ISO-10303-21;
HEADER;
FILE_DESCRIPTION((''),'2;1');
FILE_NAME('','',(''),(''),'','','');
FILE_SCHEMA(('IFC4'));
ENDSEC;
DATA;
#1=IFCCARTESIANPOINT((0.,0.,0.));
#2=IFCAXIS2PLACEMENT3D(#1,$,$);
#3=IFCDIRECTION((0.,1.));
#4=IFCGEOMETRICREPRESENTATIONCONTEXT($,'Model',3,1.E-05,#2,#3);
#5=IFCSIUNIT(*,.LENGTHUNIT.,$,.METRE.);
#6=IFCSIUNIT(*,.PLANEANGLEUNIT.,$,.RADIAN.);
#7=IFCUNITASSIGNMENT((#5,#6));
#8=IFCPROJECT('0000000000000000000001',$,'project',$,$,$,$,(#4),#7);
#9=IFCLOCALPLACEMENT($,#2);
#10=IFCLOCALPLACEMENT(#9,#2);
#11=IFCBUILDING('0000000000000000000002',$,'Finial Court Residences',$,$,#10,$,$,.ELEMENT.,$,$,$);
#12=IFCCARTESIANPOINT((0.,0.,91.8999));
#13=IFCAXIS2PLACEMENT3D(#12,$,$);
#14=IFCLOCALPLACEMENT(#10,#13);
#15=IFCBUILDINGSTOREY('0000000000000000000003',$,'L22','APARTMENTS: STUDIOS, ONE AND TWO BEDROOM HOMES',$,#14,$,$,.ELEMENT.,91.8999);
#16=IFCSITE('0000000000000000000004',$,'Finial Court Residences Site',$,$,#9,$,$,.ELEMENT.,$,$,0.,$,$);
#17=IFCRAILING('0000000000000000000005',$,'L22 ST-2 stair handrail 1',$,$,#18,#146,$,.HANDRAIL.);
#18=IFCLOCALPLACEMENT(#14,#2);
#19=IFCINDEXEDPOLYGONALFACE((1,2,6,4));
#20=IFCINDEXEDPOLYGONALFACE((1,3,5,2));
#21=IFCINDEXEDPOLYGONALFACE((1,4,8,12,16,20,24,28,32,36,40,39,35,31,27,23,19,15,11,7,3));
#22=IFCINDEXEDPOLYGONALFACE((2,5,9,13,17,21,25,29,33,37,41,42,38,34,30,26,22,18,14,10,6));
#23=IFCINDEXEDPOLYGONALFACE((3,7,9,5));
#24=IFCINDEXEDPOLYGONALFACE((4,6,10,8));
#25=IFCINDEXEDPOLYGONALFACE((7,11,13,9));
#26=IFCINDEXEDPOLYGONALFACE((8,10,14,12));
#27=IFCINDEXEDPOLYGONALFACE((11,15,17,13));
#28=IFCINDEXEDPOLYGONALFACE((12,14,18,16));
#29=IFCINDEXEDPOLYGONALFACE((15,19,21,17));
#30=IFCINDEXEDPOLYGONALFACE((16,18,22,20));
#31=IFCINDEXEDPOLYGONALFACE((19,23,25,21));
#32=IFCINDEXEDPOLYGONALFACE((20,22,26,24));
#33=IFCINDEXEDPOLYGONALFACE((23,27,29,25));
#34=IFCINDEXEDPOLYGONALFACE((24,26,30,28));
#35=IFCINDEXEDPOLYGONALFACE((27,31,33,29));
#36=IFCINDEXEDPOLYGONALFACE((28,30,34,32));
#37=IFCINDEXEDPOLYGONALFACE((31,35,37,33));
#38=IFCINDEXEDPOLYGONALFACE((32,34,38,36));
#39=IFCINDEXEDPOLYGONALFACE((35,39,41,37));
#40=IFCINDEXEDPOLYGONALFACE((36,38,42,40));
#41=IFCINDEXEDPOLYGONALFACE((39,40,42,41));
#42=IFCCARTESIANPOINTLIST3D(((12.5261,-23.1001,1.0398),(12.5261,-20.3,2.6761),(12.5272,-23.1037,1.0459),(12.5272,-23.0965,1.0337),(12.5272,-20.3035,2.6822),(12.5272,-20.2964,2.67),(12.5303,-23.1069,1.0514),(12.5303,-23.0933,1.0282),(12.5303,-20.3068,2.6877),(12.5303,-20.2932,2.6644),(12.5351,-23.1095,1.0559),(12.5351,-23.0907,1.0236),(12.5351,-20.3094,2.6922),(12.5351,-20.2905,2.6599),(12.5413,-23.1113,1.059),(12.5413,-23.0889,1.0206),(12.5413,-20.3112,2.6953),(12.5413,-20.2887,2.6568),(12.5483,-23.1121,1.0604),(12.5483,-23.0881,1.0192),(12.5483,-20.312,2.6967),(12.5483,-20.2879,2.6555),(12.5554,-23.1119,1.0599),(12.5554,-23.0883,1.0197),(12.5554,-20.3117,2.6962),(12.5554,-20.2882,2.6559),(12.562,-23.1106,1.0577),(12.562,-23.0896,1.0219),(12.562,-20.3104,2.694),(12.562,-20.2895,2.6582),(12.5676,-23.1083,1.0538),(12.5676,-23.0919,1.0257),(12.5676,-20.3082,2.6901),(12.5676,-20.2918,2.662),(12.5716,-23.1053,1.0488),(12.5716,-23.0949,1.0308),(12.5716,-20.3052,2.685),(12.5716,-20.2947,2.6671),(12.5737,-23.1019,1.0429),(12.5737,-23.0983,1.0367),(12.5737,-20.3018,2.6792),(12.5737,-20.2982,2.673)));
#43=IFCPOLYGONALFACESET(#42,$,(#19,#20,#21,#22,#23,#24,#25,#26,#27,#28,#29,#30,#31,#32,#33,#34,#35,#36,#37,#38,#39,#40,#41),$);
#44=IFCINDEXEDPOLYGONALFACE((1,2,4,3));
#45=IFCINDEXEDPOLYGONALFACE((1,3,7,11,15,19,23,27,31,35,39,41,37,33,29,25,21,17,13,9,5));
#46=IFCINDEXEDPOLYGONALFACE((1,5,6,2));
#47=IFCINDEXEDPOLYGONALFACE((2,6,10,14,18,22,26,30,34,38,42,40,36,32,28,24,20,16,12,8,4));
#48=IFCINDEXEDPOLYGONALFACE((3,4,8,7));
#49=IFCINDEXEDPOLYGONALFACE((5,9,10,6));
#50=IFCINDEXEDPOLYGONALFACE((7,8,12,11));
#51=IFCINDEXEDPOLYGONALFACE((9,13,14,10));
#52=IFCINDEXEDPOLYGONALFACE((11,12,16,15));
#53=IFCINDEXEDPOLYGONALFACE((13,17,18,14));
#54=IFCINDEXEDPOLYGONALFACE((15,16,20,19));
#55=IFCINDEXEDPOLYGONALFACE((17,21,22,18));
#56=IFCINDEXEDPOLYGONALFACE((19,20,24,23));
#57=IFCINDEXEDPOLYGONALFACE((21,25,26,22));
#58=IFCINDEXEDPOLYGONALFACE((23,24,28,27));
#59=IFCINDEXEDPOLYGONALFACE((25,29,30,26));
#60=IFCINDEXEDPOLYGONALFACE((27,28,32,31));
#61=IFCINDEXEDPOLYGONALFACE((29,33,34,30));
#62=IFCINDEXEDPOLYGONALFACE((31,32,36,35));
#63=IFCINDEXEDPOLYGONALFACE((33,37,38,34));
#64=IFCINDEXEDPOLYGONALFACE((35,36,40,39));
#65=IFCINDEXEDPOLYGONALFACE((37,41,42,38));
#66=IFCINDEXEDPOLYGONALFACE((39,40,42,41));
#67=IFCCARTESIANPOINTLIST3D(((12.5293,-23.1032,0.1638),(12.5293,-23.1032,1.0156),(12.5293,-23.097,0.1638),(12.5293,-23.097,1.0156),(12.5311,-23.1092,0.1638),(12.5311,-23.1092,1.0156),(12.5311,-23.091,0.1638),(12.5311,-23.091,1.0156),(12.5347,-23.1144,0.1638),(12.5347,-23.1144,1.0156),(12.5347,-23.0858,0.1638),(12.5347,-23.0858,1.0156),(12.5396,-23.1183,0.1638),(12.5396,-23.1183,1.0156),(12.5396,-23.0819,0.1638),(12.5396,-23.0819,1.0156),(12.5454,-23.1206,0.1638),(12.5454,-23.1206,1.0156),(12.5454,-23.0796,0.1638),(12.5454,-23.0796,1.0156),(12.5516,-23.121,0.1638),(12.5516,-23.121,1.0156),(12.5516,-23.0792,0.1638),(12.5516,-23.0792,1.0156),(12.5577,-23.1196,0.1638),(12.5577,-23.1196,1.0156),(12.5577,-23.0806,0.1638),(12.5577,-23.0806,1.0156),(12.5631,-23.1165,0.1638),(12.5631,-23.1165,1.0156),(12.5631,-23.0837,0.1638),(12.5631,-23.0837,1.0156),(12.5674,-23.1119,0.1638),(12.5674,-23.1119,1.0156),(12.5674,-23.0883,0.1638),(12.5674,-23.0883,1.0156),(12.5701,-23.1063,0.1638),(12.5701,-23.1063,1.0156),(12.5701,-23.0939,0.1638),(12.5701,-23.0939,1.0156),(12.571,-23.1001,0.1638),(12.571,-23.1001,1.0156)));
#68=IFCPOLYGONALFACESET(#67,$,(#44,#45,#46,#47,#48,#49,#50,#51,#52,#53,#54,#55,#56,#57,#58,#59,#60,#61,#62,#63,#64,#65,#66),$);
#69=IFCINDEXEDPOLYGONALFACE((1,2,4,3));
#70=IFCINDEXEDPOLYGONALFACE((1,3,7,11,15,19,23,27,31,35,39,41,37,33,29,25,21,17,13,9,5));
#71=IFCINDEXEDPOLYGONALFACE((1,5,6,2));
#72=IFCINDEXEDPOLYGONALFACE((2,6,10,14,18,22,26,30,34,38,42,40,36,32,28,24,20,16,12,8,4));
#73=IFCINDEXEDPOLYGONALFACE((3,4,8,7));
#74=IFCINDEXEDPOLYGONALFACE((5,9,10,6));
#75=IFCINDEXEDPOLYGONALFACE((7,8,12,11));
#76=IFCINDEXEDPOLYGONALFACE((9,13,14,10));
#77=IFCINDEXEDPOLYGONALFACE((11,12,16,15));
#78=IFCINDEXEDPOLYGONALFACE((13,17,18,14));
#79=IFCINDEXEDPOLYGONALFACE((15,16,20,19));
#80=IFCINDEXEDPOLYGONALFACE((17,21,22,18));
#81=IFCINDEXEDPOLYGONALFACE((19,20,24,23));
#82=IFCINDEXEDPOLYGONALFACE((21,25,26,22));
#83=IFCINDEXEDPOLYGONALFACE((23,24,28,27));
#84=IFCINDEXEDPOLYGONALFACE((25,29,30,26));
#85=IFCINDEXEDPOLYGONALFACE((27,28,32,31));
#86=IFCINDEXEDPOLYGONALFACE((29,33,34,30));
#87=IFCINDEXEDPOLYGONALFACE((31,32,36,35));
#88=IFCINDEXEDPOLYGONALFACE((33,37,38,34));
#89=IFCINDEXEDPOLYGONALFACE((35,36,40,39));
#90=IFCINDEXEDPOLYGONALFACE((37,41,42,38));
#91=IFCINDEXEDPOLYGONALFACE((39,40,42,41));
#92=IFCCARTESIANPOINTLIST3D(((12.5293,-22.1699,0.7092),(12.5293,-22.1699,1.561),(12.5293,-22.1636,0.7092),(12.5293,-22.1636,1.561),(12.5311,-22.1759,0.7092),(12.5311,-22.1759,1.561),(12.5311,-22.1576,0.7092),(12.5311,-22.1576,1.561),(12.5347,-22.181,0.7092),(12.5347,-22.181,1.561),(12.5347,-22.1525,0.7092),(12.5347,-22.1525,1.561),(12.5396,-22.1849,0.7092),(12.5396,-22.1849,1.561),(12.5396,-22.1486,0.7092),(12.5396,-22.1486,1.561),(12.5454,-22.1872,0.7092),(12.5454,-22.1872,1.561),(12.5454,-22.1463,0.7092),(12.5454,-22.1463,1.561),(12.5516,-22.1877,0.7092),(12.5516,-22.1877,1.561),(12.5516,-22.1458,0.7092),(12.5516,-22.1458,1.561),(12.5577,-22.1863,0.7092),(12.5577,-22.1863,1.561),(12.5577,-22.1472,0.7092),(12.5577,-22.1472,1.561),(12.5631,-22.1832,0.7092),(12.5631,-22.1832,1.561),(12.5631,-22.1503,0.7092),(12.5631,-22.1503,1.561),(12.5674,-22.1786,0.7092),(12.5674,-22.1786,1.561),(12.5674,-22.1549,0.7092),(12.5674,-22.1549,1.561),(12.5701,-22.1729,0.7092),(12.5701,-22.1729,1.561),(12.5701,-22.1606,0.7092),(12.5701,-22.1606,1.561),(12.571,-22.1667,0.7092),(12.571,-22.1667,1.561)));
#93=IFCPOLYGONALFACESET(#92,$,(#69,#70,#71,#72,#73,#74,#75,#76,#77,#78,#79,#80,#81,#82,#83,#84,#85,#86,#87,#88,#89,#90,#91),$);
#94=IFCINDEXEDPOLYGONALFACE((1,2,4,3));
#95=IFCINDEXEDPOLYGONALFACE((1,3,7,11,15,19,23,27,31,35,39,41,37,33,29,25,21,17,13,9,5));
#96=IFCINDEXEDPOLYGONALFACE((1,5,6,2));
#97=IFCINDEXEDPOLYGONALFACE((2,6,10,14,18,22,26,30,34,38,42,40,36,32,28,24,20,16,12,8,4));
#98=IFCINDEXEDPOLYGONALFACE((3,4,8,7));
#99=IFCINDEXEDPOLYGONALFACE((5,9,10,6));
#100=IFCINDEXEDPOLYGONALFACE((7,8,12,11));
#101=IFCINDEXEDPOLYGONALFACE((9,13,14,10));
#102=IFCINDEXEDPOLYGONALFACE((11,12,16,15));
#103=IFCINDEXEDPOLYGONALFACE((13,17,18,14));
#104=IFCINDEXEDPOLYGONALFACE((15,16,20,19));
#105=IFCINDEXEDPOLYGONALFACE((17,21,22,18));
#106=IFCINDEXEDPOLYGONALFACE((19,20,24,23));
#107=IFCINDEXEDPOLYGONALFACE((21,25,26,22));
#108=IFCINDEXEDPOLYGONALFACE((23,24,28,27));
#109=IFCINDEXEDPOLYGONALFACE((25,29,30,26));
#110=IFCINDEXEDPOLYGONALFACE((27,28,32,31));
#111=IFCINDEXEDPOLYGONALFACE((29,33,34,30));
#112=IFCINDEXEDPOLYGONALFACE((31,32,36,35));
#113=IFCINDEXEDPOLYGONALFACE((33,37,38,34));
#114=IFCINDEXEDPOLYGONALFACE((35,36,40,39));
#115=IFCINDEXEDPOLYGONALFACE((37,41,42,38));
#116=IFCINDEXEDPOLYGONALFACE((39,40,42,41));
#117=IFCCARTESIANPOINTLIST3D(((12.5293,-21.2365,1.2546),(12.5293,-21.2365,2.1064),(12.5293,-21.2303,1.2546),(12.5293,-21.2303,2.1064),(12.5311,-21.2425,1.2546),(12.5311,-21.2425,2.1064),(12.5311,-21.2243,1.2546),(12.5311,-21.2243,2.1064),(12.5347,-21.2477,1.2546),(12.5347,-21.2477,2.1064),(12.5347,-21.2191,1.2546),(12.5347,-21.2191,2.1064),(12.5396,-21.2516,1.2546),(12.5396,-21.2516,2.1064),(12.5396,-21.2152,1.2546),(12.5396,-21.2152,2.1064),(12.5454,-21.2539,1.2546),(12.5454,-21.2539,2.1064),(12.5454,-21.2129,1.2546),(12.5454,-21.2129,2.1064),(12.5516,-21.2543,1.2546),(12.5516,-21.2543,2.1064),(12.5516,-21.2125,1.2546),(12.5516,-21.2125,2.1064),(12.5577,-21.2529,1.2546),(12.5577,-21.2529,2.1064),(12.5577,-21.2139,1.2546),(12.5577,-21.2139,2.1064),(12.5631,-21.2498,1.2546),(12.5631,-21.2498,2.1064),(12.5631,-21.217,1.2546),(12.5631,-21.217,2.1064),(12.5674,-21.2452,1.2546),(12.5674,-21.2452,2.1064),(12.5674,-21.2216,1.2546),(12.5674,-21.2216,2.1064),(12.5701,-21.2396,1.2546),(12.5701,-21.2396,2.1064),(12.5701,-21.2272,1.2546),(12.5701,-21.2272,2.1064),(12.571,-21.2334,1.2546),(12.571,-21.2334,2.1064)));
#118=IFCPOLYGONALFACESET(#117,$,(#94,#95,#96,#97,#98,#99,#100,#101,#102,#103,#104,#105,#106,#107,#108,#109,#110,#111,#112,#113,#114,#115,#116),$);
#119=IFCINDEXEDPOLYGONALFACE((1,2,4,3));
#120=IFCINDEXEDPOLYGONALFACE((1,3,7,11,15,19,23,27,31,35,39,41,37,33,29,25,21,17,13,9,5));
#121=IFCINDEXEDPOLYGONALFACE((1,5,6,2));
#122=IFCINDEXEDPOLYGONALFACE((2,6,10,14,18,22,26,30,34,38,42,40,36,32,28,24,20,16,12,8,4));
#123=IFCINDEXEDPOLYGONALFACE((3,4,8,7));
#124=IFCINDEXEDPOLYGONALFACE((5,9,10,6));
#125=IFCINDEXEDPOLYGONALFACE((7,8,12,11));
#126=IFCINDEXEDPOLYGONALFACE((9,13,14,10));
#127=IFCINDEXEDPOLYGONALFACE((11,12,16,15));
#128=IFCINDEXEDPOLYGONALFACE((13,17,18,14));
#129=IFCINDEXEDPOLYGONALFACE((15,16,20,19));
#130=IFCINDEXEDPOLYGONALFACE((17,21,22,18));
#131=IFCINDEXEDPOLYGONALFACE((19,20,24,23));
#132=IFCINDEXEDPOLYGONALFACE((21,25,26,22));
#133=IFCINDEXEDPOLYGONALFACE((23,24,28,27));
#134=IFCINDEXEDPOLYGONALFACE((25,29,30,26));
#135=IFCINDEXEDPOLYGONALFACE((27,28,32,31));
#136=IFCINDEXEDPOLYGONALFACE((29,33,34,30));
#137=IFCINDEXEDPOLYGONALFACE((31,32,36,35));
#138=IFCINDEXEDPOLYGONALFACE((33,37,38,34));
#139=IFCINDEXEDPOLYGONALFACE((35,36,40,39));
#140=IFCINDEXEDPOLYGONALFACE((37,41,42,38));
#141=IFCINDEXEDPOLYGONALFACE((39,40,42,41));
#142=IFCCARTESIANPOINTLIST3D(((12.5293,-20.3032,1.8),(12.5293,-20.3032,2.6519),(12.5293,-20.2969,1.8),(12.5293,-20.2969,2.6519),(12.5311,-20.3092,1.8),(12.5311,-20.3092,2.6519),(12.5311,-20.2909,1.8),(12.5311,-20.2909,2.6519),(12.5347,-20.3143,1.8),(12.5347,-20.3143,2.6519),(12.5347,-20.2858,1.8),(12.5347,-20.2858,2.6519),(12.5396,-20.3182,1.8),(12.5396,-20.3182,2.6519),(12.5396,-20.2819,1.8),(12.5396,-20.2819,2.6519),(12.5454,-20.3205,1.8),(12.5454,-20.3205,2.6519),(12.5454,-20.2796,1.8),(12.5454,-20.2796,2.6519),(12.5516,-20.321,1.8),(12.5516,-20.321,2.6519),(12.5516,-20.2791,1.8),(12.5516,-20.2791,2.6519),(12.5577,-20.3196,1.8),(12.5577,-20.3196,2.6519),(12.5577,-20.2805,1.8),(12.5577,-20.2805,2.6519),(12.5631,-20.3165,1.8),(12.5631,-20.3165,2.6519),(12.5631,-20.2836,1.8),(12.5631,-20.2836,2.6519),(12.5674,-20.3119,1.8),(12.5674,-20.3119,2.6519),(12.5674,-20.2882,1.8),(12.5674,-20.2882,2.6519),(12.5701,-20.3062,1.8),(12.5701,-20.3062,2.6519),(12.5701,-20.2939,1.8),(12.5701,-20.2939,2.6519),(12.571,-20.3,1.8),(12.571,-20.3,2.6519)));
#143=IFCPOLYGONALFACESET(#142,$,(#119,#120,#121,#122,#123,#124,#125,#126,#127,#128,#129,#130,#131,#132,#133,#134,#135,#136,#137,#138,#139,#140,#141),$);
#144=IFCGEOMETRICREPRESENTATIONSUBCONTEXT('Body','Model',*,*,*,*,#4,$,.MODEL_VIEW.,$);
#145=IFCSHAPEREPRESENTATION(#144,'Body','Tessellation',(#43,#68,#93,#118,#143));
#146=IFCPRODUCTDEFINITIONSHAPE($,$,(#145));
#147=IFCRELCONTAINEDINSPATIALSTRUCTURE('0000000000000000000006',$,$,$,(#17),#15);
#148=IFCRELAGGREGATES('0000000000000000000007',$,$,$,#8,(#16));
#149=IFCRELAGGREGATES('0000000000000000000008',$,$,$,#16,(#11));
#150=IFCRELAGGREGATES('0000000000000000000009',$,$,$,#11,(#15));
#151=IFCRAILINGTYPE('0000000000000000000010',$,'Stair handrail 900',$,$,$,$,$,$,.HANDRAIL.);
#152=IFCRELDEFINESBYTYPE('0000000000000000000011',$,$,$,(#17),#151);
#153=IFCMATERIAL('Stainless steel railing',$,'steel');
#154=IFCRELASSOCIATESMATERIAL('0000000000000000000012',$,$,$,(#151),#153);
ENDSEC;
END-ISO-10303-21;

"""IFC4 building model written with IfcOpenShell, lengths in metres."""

from ifc_helpers import new_model, si_unit, direction, frame, origin, origin_2d, place, context, subcontext, project, spatial, circle, extrude, material, type_object, element, save


model = new_model("IFC4")

# Units and contexts
model_context = context("Model", 3, precision=1e-05, world=origin(), true_north=direction((0.0, 1.0)))
body_context = subcontext(model_context, "Body", "Model", "MODEL_VIEW")
ifc_project = project(units=[si_unit("LENGTHUNIT", "METRE"), si_unit("PLANEANGLEUNIT", "RADIAN")], contexts=[model_context])

# Site, building, storey
site_placement = place(None, origin())
site = spatial("IfcSite", under=ifc_project, at=site_placement, Name="Finial Court Residences Site", CompositionType="ELEMENT", RefElevation=0.0)
building_placement = place(site_placement, origin())
building = spatial("IfcBuilding", under=site, at=building_placement, Name="Finial Court Residences", CompositionType="ELEMENT")
storey_placement = place(building_placement, frame((0.0, 0.0, 91.8999)))
storey = spatial("IfcBuildingStorey", under=building, at=storey_placement, Name="L22", Description="APARTMENTS: STUDIOS, ONE AND TWO BEDROOM HOMES", CompositionType="ELEMENT", Elevation=91.8999)

# Railing
ifc_material_1 = material(Name="Stainless steel railing", Category="steel")
railing_type_1 = type_object("IfcRailingType", Name="Stair handrail 900", PredefinedType="HANDRAIL", material=ifc_material_1)
railing_1_placement = place(storey_placement, frame((12.55, -23.1001, 0.1638)))
element("IfcRailing", 1, at=railing_1_placement, inside=storey, type_object=railing_type_1, Name="L22 ST-2 stair handrail 1", PredefinedType="HANDRAIL", context=body_context, shape_type="SweptSolid", body=[
    extrude(circle(Radius=0.0239, at=origin_2d()), frame((0.0, 0.0, 0.876), z_axis=(0.0, 0.863394, 0.504531), x_axis=(-1.0, 0.0, 0.0)), (0.0, 0.0, 1.0), 3.2432),
    extrude(circle(Radius=0.021, at=origin_2d()), origin(), (0.0, 0.0, 1.0), 0.8518),
    extrude(circle(Radius=0.021, at=origin_2d()), frame((0.0, 0.9333, 0.5454)), (0.0, 0.0, 1.0), 0.8518),
    extrude(circle(Radius=0.021, at=origin_2d()), frame((0.0, 1.8667, 1.0908)), (0.0, 0.0, 1.0), 0.8518),
    extrude(circle(Radius=0.021, at=origin_2d()), frame((0.0, 2.8, 1.6362)), (0.0, 0.0, 1.0), 0.8518),
])

save(model, "model.ifc")
